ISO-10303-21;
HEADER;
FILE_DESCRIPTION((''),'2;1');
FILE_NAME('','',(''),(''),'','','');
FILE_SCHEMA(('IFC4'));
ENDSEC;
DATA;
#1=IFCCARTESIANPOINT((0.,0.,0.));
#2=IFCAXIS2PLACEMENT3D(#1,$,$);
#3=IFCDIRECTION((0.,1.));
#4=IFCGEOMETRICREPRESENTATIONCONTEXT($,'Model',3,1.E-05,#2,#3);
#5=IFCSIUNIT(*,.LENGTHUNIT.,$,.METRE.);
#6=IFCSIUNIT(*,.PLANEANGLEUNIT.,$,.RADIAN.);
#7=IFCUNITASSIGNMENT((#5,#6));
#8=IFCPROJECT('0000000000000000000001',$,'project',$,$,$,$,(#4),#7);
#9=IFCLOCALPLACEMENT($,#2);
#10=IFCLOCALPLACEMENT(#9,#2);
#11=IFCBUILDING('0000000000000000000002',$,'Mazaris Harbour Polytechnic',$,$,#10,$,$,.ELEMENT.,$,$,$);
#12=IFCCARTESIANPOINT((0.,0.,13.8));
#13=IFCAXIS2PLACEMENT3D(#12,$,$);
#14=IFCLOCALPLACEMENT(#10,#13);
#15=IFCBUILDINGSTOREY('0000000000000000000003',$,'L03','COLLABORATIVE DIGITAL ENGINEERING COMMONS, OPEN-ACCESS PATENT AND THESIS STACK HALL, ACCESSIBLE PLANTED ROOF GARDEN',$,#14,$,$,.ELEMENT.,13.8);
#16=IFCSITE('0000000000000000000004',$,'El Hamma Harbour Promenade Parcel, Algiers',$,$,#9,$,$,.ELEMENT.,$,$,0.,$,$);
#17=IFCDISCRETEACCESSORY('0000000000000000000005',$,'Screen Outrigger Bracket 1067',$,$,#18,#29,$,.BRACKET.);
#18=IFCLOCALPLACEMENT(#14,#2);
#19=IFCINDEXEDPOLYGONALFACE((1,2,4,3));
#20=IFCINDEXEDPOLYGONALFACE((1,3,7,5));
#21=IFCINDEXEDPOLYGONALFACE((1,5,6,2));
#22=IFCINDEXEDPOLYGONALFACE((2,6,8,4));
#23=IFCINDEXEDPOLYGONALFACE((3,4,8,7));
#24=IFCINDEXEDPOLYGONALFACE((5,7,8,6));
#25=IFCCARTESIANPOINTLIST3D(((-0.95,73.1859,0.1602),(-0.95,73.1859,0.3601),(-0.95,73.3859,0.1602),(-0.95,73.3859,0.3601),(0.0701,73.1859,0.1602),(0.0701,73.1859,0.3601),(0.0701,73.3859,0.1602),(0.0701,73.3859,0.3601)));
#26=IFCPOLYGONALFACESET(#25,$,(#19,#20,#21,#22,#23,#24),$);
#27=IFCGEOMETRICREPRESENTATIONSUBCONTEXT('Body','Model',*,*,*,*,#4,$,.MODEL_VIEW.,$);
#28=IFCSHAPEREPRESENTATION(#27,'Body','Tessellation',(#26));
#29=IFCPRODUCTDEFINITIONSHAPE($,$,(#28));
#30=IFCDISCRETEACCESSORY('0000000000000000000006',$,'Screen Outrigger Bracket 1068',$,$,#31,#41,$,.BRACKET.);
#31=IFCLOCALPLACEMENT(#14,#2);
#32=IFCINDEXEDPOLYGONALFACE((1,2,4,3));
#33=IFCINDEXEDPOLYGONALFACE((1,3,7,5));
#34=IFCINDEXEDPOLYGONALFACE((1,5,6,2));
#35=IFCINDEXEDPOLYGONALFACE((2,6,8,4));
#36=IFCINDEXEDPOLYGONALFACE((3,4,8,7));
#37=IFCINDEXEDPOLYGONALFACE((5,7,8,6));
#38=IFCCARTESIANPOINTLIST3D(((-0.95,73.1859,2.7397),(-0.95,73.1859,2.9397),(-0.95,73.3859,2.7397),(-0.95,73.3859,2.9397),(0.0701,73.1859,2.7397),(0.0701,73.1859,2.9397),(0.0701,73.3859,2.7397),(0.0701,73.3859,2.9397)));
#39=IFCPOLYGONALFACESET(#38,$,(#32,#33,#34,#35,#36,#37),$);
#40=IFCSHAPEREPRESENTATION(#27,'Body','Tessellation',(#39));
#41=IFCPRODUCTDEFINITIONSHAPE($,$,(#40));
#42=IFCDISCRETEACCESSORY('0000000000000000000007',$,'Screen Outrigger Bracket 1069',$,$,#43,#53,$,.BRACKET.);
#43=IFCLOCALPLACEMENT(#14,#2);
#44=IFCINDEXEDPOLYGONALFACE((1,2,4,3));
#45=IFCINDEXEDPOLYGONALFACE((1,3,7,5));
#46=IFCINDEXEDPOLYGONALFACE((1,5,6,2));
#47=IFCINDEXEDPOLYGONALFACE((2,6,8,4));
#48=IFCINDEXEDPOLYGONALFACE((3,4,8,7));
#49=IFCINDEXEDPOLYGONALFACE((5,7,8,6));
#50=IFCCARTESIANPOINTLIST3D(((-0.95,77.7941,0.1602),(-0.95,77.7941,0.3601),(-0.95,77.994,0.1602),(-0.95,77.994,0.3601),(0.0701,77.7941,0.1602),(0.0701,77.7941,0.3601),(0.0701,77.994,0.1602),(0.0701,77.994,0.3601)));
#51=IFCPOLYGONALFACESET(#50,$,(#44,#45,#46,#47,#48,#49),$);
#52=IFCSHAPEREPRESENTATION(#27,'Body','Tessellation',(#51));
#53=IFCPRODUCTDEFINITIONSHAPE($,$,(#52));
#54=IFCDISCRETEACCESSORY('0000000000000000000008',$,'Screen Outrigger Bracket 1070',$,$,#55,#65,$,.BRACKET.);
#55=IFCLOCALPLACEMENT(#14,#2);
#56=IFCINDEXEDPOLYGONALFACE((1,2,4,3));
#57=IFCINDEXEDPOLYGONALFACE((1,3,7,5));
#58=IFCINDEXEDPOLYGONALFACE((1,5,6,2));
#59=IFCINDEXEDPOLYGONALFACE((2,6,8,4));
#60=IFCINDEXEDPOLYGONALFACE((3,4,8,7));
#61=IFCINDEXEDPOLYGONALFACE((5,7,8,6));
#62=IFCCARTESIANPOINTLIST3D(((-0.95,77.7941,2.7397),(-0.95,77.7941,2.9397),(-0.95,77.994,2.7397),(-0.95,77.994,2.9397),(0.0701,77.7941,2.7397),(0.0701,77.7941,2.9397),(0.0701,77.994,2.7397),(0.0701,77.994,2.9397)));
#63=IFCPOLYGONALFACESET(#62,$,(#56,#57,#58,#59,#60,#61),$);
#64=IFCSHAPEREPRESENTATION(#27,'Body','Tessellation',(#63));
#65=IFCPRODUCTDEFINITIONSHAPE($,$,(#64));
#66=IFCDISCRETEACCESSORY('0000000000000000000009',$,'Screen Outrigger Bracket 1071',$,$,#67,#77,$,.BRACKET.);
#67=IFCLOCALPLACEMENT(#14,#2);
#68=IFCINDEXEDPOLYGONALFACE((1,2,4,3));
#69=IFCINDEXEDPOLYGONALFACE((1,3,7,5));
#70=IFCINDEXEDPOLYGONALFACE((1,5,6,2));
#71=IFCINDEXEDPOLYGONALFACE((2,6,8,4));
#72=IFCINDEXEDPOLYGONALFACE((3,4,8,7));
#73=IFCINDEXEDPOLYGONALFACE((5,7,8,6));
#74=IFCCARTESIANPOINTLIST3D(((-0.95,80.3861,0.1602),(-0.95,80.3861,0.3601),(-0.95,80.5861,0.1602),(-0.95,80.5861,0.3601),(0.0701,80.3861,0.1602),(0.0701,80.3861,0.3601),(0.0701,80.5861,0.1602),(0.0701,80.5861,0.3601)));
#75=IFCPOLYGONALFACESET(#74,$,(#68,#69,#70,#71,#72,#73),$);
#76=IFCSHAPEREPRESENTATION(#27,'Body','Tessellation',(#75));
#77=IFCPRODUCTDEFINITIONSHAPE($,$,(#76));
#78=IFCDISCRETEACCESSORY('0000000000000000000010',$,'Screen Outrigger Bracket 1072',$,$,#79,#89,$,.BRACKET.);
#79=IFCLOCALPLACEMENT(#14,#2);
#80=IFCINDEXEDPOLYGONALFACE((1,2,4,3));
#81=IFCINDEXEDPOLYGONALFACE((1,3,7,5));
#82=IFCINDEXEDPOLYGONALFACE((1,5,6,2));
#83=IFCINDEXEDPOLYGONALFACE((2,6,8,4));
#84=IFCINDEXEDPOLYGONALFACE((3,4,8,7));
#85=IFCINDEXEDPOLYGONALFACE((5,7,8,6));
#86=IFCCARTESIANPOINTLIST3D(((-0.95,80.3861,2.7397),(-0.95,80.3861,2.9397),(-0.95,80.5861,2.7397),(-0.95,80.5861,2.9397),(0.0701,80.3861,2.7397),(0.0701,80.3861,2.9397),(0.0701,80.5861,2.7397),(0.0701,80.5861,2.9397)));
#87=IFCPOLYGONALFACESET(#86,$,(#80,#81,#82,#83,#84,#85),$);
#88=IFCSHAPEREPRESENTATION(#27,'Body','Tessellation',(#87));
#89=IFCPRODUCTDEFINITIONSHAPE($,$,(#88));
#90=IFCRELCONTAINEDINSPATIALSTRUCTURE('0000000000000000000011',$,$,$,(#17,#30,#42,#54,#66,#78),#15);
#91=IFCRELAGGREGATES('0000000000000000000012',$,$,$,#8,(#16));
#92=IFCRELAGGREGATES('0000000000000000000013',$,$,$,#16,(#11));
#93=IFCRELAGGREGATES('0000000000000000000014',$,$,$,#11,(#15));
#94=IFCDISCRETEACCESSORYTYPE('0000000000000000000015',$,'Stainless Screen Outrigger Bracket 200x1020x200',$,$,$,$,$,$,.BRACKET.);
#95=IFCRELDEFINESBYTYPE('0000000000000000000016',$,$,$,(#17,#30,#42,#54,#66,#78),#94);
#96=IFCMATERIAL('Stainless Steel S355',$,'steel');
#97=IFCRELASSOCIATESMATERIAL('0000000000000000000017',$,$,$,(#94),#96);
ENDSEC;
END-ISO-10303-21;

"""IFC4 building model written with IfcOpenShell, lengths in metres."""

from ifc_helpers import new_model, si_unit, direction, frame, origin, origin_2d, place, context, subcontext, project, spatial, rectangle, extrude, material, type_object, element, save


model = new_model("IFC4")

# Units and contexts
model_context = context("Model", 3, precision=1e-05, world=origin(), true_north=direction((0.0, 1.0)))
body_context = subcontext(model_context, "Body", "Model", "MODEL_VIEW")
ifc_project = project(units=[si_unit("LENGTHUNIT", "METRE"), si_unit("PLANEANGLEUNIT", "RADIAN")], contexts=[model_context])

# Site, building, storey
site_placement = place(None, origin())
site = spatial("IfcSite", under=ifc_project, at=site_placement, Name="El Hamma Harbour Promenade Parcel, Algiers", CompositionType="ELEMENT", RefElevation=0.0)
building_placement = place(site_placement, origin())
building = spatial("IfcBuilding", under=site, at=building_placement, Name="Mazaris Harbour Polytechnic", CompositionType="ELEMENT")
storey_placement = place(building_placement, frame((0.0, 0.0, 13.8)))
storey = spatial("IfcBuildingStorey", under=building, at=storey_placement, Name="L03", Description="COLLABORATIVE DIGITAL ENGINEERING COMMONS, OPEN-ACCESS PATENT AND THESIS STACK HALL, ACCESSIBLE PLANTED ROOF GARDEN", CompositionType="ELEMENT", Elevation=13.8)

# Discrete accessories
ifc_material_1 = material(Name="Stainless Steel S355", Category="steel")
discrete_accessory_type = type_object("IfcDiscreteAccessoryType", Name="Stainless Screen Outrigger Bracket 200x1020x200", PredefinedType="BRACKET", material=ifc_material_1)
for number, where, z_axis, x_axis, name in (
    (1, (-0.4399, 73.2859, 0.1602), (0.0, 0.0, 1.0), (0.0, 1.0, 0.0), "Screen Outrigger Bracket 1067"),
    (2, (-0.4399, 73.2859, 2.7397), (0.0, 0.0, 1.0), (0.0, 1.0, 0.0), "Screen Outrigger Bracket 1068"),
    (3, (-0.4399, 77.894, 0.1602), (0.0, 0.0, 1.0), (0.0, 1.0, 0.0), "Screen Outrigger Bracket 1069"),
    (4, (-0.4399, 77.894, 2.7397), (0.0, 0.0, 1.0), (0.0, 1.0, 0.0), "Screen Outrigger Bracket 1070"),
    (5, (-0.4399, 80.4861, 0.1602), (0.0, 0.0, 1.0), (0.0, 1.0, 0.0), "Screen Outrigger Bracket 1071"),
    (6, (-0.4399, 80.4861, 2.7397), (0.0, 0.0, 1.0), (0.0, 1.0, 0.0), "Screen Outrigger Bracket 1072"),
):
    element("IfcDiscreteAccessory", number, at=place(storey_placement, frame(where, z_axis=z_axis, x_axis=x_axis)), inside=storey, type_object=discrete_accessory_type, Name=name, PredefinedType="BRACKET", context=body_context, shape_type="SweptSolid", body=[
        extrude(rectangle(XDim=0.2, YDim=1.02, at=origin_2d()), origin(), (0.0, 0.0, 1.0), 0.2),
    ])

save(model, "model.ifc")
